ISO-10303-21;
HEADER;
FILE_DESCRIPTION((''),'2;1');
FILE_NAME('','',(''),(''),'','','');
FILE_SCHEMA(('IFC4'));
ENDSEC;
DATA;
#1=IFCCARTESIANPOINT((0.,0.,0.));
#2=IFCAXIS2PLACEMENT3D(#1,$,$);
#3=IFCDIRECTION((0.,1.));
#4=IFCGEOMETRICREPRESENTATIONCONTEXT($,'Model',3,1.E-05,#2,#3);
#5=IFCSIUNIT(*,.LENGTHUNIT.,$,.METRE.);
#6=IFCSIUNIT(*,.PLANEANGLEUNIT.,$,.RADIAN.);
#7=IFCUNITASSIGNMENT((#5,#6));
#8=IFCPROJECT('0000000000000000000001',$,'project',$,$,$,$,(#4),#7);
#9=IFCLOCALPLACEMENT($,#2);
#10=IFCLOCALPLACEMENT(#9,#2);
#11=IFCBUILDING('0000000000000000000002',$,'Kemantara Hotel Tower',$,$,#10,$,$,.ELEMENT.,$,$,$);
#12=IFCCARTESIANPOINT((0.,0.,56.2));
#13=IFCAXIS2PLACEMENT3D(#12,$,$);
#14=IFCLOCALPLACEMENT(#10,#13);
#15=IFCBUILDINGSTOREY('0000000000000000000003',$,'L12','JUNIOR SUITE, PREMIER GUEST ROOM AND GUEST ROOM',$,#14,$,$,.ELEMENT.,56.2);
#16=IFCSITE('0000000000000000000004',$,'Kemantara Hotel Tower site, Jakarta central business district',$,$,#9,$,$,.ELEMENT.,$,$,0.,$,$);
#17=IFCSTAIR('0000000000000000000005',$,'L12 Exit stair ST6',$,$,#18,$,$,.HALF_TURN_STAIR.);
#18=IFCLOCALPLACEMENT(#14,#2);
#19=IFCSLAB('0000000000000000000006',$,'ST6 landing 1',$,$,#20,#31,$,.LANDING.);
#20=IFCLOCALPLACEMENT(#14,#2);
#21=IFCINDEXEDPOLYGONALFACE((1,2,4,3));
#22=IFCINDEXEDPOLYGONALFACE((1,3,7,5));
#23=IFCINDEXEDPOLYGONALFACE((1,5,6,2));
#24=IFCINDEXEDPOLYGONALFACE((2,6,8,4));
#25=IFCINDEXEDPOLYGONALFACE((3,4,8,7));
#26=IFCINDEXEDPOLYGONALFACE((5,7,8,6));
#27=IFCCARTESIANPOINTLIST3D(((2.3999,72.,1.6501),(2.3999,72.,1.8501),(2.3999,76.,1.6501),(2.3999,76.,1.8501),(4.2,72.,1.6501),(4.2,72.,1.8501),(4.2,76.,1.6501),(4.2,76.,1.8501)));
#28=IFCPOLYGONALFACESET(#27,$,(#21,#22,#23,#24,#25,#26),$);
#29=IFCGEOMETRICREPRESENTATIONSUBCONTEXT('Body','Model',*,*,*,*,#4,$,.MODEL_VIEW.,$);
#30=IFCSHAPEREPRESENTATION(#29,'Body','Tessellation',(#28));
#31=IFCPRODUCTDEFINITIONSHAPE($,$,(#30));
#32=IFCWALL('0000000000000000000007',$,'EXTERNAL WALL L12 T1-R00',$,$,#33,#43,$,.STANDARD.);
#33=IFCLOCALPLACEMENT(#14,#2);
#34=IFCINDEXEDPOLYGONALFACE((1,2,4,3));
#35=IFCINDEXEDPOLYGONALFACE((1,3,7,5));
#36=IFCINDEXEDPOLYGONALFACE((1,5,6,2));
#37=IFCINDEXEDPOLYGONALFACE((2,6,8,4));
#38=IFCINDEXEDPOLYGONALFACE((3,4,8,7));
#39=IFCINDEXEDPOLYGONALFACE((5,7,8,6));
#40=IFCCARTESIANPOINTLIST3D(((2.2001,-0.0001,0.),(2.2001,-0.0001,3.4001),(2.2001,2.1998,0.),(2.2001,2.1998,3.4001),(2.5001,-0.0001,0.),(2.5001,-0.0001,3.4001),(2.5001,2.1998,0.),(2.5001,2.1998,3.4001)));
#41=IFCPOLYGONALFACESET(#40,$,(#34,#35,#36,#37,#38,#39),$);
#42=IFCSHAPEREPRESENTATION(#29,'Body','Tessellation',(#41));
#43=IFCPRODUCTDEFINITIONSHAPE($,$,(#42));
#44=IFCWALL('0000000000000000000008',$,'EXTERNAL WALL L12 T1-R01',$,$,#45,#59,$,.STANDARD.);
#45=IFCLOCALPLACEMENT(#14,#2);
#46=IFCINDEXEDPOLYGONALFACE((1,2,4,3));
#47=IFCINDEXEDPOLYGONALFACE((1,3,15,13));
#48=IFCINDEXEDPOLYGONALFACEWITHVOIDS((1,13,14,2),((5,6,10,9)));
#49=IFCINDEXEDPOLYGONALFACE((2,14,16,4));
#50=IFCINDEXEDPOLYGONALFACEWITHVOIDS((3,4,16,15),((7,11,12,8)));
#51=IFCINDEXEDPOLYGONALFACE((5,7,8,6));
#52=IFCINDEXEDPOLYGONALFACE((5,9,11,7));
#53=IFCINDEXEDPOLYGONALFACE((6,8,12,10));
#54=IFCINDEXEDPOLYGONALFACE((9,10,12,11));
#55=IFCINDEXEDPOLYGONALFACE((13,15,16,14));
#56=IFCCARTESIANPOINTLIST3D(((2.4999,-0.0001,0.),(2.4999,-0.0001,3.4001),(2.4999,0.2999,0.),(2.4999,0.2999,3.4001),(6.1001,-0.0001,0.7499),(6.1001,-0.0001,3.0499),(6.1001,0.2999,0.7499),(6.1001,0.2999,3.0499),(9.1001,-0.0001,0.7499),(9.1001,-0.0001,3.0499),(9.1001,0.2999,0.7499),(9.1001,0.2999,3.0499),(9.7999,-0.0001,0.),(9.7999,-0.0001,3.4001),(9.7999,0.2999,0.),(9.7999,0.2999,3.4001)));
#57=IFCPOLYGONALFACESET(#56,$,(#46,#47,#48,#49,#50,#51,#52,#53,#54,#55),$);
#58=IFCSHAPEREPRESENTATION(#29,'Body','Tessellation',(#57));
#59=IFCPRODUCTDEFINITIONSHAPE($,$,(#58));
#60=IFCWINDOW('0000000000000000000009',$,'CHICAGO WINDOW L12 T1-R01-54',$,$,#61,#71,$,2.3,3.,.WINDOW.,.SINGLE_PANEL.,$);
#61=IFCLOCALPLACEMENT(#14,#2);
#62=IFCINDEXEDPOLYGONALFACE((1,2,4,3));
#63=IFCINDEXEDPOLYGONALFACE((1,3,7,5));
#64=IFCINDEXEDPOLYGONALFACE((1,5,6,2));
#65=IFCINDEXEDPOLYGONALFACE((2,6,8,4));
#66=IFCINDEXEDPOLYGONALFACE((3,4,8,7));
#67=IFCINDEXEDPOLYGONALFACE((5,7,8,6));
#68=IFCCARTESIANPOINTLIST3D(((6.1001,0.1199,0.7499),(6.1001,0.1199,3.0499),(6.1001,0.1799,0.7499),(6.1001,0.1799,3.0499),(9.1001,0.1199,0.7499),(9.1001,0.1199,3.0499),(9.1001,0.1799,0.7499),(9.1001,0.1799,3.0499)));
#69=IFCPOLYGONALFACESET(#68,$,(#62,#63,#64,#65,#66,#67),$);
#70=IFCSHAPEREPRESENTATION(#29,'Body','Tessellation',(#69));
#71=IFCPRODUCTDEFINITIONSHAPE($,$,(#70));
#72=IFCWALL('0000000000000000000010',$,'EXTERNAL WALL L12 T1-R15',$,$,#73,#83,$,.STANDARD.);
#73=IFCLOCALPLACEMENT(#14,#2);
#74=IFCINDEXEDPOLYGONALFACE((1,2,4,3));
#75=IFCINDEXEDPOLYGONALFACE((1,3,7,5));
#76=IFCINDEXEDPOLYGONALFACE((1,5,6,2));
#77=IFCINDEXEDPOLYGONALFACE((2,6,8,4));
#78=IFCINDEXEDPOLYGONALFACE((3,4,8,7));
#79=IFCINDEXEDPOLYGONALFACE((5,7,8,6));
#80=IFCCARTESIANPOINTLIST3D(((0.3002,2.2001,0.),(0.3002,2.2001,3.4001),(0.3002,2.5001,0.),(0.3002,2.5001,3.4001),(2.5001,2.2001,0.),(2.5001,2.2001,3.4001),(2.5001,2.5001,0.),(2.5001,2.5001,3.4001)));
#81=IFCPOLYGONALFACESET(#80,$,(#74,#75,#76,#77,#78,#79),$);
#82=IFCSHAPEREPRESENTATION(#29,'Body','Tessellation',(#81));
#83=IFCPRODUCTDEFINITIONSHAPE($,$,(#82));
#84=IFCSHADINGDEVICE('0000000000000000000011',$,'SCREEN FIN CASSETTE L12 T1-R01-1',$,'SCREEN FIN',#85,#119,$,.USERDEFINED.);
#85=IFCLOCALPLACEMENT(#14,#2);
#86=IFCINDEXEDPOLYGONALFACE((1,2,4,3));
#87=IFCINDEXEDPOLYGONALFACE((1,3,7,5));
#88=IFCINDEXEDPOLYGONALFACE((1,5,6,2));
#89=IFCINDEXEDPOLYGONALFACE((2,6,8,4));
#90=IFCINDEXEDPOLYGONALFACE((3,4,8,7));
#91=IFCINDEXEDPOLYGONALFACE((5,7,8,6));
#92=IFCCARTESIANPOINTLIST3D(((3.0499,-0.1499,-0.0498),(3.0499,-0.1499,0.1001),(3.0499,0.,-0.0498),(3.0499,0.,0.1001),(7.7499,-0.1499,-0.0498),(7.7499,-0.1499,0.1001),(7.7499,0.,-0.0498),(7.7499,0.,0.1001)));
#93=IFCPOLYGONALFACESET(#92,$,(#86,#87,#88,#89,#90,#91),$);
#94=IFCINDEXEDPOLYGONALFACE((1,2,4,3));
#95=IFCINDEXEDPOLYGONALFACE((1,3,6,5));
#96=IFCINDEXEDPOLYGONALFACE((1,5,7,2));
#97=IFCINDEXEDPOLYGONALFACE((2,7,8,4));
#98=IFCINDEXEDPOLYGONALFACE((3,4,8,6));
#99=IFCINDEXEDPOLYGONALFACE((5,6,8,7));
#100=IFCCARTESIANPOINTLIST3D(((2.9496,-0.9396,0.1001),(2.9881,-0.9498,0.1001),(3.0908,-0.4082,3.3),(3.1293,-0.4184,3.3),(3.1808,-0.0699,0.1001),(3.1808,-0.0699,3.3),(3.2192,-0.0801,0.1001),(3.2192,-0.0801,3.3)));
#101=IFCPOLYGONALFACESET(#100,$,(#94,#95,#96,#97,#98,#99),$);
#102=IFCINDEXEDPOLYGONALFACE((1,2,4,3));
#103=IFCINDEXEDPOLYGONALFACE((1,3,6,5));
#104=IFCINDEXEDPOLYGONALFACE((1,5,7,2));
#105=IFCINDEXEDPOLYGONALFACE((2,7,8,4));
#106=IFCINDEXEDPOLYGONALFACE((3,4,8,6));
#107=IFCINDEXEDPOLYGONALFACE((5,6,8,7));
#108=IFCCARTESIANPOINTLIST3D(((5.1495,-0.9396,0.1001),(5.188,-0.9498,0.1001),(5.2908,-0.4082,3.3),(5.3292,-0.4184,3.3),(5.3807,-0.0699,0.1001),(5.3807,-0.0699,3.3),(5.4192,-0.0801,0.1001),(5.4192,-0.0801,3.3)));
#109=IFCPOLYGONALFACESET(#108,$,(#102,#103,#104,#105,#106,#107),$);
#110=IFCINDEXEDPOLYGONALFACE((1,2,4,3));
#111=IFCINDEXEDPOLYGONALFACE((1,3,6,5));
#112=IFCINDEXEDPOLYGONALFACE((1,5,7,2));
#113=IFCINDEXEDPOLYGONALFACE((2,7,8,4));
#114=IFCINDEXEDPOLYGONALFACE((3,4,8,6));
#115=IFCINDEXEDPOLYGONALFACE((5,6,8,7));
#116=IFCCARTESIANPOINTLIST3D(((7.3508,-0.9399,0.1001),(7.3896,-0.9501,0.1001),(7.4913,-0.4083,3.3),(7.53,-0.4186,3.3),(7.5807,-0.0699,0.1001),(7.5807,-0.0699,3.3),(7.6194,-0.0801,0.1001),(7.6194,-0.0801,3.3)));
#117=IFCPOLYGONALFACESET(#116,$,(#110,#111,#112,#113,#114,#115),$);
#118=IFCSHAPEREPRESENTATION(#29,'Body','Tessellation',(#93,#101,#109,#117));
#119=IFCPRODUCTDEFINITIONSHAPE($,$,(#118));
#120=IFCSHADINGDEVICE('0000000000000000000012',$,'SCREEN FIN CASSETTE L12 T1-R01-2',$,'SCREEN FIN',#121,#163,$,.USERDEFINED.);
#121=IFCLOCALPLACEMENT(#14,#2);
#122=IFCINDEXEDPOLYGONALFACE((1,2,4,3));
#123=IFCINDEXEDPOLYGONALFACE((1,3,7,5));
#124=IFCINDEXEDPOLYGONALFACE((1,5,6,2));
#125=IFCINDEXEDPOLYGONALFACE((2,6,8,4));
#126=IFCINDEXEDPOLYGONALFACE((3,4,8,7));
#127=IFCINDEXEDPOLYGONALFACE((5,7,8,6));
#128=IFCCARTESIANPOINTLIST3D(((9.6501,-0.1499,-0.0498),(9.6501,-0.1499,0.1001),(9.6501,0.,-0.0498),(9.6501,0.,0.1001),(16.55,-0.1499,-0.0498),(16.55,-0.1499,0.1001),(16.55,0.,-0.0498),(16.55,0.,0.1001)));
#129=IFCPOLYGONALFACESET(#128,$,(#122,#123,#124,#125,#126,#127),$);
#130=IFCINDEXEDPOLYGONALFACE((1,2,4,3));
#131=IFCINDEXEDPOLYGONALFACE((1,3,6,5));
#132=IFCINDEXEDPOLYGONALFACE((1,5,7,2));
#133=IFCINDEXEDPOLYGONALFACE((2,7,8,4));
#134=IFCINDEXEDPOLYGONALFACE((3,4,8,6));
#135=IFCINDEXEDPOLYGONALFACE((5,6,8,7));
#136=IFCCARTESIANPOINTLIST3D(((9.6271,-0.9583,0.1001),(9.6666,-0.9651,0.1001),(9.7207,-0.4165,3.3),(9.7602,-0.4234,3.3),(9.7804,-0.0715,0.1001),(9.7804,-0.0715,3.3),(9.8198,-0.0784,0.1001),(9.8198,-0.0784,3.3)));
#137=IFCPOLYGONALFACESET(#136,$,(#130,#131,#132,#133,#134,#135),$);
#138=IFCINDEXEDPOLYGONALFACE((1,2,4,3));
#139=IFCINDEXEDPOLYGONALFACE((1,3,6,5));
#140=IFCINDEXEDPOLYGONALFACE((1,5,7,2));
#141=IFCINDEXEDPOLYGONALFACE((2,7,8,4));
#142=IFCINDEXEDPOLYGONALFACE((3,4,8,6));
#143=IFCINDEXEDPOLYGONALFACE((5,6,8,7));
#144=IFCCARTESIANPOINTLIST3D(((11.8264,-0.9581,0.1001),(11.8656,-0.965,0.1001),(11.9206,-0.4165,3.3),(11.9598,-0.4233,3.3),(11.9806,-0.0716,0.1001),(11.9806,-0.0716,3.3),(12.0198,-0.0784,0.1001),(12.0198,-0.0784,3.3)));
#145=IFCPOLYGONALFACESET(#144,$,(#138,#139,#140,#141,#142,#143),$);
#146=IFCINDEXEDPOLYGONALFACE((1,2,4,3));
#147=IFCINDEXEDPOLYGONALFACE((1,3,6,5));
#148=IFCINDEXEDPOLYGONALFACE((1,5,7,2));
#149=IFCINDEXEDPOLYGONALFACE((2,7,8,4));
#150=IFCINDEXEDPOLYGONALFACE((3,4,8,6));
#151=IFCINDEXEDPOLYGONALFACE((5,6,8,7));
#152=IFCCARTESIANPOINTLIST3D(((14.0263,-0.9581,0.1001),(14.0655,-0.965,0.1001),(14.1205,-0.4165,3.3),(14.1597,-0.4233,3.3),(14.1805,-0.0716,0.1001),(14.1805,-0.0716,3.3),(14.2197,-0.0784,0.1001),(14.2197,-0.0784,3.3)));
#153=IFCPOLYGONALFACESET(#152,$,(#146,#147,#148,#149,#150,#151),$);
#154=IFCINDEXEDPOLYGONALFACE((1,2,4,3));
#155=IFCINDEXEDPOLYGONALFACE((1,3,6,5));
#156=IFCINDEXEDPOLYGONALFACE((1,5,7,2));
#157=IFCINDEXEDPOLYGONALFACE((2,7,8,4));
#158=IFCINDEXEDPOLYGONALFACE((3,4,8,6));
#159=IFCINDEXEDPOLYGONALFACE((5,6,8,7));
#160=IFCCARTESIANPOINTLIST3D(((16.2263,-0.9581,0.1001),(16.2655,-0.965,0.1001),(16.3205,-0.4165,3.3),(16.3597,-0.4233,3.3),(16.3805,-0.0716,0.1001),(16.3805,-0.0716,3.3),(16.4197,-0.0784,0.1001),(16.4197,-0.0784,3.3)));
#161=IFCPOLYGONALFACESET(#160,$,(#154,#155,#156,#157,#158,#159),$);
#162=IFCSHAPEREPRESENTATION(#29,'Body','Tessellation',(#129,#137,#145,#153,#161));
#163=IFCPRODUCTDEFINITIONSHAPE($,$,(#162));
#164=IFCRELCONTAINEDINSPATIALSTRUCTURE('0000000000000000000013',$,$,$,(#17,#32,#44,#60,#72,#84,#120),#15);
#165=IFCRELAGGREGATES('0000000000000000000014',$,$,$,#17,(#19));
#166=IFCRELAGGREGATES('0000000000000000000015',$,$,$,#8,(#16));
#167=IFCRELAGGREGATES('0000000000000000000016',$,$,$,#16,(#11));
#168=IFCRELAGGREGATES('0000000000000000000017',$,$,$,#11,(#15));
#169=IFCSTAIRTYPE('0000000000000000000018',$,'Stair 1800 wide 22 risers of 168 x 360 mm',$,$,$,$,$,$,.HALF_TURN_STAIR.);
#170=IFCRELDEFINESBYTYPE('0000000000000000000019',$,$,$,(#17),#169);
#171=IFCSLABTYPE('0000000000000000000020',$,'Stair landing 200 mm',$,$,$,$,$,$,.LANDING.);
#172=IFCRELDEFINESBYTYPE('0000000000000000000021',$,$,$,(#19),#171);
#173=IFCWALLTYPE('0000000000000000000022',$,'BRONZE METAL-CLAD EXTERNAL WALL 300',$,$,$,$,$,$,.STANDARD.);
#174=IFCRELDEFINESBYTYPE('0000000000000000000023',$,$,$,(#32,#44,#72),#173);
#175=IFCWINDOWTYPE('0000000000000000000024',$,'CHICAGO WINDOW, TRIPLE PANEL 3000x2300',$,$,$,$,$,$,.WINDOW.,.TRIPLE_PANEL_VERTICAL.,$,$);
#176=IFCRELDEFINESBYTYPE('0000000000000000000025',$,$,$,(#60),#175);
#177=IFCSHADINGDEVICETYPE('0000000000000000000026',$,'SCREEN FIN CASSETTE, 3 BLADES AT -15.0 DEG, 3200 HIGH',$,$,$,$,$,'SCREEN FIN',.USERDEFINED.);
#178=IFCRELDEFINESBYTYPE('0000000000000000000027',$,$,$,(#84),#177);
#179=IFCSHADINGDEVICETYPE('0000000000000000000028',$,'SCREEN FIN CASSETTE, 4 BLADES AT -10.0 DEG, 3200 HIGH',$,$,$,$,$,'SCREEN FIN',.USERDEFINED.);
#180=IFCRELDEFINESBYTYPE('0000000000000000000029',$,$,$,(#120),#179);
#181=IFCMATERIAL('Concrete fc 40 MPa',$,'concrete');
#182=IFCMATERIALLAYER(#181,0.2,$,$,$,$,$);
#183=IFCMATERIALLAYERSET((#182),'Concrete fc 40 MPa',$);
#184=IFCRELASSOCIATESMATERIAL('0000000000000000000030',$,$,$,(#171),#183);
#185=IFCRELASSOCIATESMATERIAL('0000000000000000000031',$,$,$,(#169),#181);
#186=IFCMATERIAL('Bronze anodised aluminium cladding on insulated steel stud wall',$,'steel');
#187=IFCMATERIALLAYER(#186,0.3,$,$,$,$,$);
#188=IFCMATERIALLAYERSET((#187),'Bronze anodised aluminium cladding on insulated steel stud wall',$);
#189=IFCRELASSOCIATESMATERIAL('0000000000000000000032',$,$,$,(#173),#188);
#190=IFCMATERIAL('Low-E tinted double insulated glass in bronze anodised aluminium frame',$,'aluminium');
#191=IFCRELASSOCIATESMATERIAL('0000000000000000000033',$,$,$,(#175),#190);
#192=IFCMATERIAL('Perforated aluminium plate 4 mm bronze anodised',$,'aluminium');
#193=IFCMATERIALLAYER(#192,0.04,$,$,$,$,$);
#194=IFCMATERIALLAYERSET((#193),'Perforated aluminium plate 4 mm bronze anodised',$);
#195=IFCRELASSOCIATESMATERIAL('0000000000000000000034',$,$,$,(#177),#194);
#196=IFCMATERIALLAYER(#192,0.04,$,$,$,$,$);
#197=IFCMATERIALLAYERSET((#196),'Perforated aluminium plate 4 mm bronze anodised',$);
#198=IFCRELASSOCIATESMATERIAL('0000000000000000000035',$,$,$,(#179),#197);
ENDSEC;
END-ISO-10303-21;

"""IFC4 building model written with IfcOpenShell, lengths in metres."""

from ifc_helpers import new_model, si_unit, direction, frame, frame_2d, origin, origin_2d, place, context, subcontext, project, spatial, polyline, rectangle, outline, extrude, source, transform, mapped, material, layer, layer_set, type_object, element, fill, aggregate, save


model = new_model("IFC4")

# Units and contexts
model_context = context("Model", 3, precision=1e-05, world=origin(), true_north=direction((0.0, 1.0)))
body_context = subcontext(model_context, "Body", "Model", "MODEL_VIEW")
ifc_project = project(units=[si_unit("LENGTHUNIT", "METRE"), si_unit("PLANEANGLEUNIT", "RADIAN")], contexts=[model_context])

# Site, building, storey
site_placement = place(None, origin())
site = spatial("IfcSite", under=ifc_project, at=site_placement, Name="Kemantara Hotel Tower site, Jakarta central business district", CompositionType="ELEMENT", RefElevation=0.0)
building_placement = place(site_placement, origin())
building = spatial("IfcBuilding", under=site, at=building_placement, Name="Kemantara Hotel Tower", CompositionType="ELEMENT")
storey_placement = place(building_placement, frame((0.0, 0.0, 56.2)))
storey = spatial("IfcBuildingStorey", under=building, at=storey_placement, Name="L12", Description="JUNIOR SUITE, PREMIER GUEST ROOM AND GUEST ROOM", CompositionType="ELEMENT", Elevation=56.2)

# Shared definitions
ifc_material_1 = material(Name="Concrete fc 40 MPa", Category="concrete")

# Stair, slab
ifc_layer_1 = layer(ifc_material_1, 0.2)
ifc_layer_set_1 = layer_set([ifc_layer_1], Name="Concrete fc 40 MPa")
slab_type_1 = type_object("IfcSlabType", Name="Stair landing 200 mm", PredefinedType="LANDING", material=ifc_layer_set_1)
stair_type_1 = type_object("IfcStairType", Name="Stair 1800 wide 22 risers of 168 x 360 mm", PredefinedType="HALF_TURN_STAIR", material=ifc_material_1)
stair_1_placement = place(storey_placement, origin())
stair_1 = element("IfcStair", 1, at=stair_1_placement, inside=storey, type_object=stair_type_1, Name="L12 Exit stair ST6", PredefinedType="HALF_TURN_STAIR")
slab_1_placement = place(storey_placement, frame((0.0, 0.0, 1.6501)))
slab_1 = element("IfcSlab", 2, at=slab_1_placement, type_object=slab_type_1, Name="ST6 landing 1", PredefinedType="LANDING", context=body_context, shape_type="SweptSolid", body=[
    extrude(outline(polyline([(4.2, 76.0), (2.3999, 76.0), (2.3999, 72.0), (4.2, 72.0), (4.2, 76.0)])), origin(), (0.0, 0.0, 1.0), 0.2),
])
aggregate(stair_1, [slab_1])

# Wall
ifc_material_2 = material(Name="Bronze anodised aluminium cladding on insulated steel stud wall", Category="steel")
ifc_layer_2 = layer(ifc_material_2, 0.3)
ifc_layer_set_2 = layer_set([ifc_layer_2], Name="Bronze anodised aluminium cladding on insulated steel stud wall")
wall_type = type_object("IfcWallType", Name="BRONZE METAL-CLAD EXTERNAL WALL 300", PredefinedType="STANDARD", material=ifc_layer_set_2)
wall_1_placement = place(storey_placement, frame((2.3501, 2.2, 0.0), z_axis=(0.0, 0.0, 1.0), x_axis=(0.0, -1.0, 0.0)))
element("IfcWall", 3, at=wall_1_placement, inside=storey, type_object=wall_type, Name="EXTERNAL WALL L12 T1-R00", PredefinedType="STANDARD", context=body_context, shape_type="SweptSolid", body=[
    extrude(rectangle(XDim=2.2, YDim=0.3, at=frame_2d((1.1001, 0.0))), origin(), (0.0, 0.0, 1.0), 3.4001),
])

# Wall, opening, window
wall_2_placement = place(storey_placement, frame((2.5, 0.1499, 0.0), z_axis=(0.0, 0.0, 1.0), x_axis=(1.0, 0.0, 0.0)))
wall_2 = element("IfcWall", 4, at=wall_2_placement, inside=storey, type_object=wall_type, Name="EXTERNAL WALL L12 T1-R01", PredefinedType="STANDARD", context=body_context, shape_type="SweptSolid", body=[
    extrude(rectangle(XDim=7.3, YDim=0.3, at=frame_2d((3.6499, 0.0))), origin(), (0.0, 0.0, 1.0), 3.4001),
])
opening_placement = place(wall_2_placement, frame((3.6001, 0.0, 0.75)))
opening = element("IfcOpeningElement", 5, at=opening_placement, cuts=wall_2, PredefinedType="OPENING", context=body_context, shape_type="SweptSolid", body=[
    extrude(rectangle(XDim=3.0, YDim=2.3, at=frame_2d((1.5, 1.1499))), frame((0.0, 0.1599, 0.0), z_axis=(0.0, -1.0, 0.0), x_axis=(1.0, 0.0, 0.0)), (0.0, 0.0, 1.0), 0.3201),
])
ifc_material_3 = material(Name="Low-E tinted double insulated glass in bronze anodised aluminium frame", Category="aluminium")
window_type = type_object("IfcWindowType", Name="CHICAGO WINDOW, TRIPLE PANEL 3000x2300", PartitioningType="TRIPLE_PANEL_VERTICAL", PredefinedType="WINDOW", material=ifc_material_3)
window_placement = place(opening_placement, origin())
window = element("IfcWindow", 6, at=window_placement, inside=storey, type_object=window_type, Name="CHICAGO WINDOW L12 T1-R01-54", OverallHeight=2.3, OverallWidth=3.0, PartitioningType="SINGLE_PANEL", PredefinedType="WINDOW", context=body_context, shape_type="SweptSolid", body=[
    extrude(rectangle(XDim=3.0, YDim=2.3, at=frame_2d((1.5, 1.1499))), frame((0.0, 0.03, 0.0), z_axis=(0.0, -1.0, 0.0), x_axis=(1.0, 0.0, 0.0)), (0.0, 0.0, 1.0), 0.0601),
])
fill(opening, window)

# Wall
wall_3_placement = place(storey_placement, frame((0.3, 2.3501, 0.0), z_axis=(0.0, 0.0, 1.0), x_axis=(1.0, 0.0, 0.0)))
element("IfcWall", 7, at=wall_3_placement, inside=storey, type_object=wall_type, Name="EXTERNAL WALL L12 T1-R15", PredefinedType="STANDARD", context=body_context, shape_type="SweptSolid", body=[
    extrude(rectangle(XDim=2.2, YDim=0.3, at=frame_2d((1.1001, 0.0))), origin(), (0.0, 0.0, 1.0), 3.4001),
])

# Shading devices
ifc_material_4 = material(Name="Perforated aluminium plate 4 mm bronze anodised", Category="aluminium")
ifc_layer_3 = layer(ifc_material_4, 0.04)
ifc_layer_set_3 = layer_set([ifc_layer_3], Name="Perforated aluminium plate 4 mm bronze anodised")
shading_device_type_1 = type_object("IfcShadingDeviceType", Name="SCREEN FIN CASSETTE, 3 BLADES AT -15.0 DEG, 3200 HIGH", ElementType="SCREEN FIN", PredefinedType="USERDEFINED", material=ifc_layer_set_3)
shared_shape_1 = source(origin(), body_context, "Body", "SweptSolid", [
    extrude(rectangle(XDim=4.7, YDim=0.1499, at=origin_2d()), frame((2.2, -0.075, -0.1499), z_axis=(0.0, 0.0, 1.0), x_axis=(1.0, 0.0, 0.0)), (0.0, 0.0, 1.0), 0.1499),
    extrude(outline(polyline([(0.0, 0.0), (0.8999, 0.0), (0.3501, 3.2), (0.0, 3.2), (0.0, 0.0)])), frame((0.0193, -0.0801, 0.0), z_axis=(-0.966438, 0.256901, 0.0), x_axis=(-0.256901, -0.966438, 0.0)), (0.0, 0.0, 1.0), 0.0398),
    extrude(outline(polyline([(0.0, 0.0), (0.8999, 0.0), (0.3501, 3.2), (0.0, 3.2), (0.0, 0.0)])), frame((2.2192, -0.0801, 0.0), z_axis=(-0.966438, 0.256901, 0.0), x_axis=(-0.256901, -0.966438, 0.0)), (0.0, 0.0, 1.0), 0.0398),
    extrude(outline(polyline([(0.0, 0.0), (0.8999, 0.0), (0.3501, 3.2), (0.0, 3.2), (0.0, 0.0)])), frame((4.4194, -0.0801, 0.0), z_axis=(-0.966838, 0.255391, 0.0), x_axis=(-0.255391, -0.966838, 0.0)), (0.0, 0.0, 1.0), 0.04),
])
shading_device_1_placement = place(storey_placement, frame((3.2, 0.0, 0.1001), z_axis=(0.0, 0.0, 1.0), x_axis=(1.0, 0.0, 0.0)))
element("IfcShadingDevice", 8, at=shading_device_1_placement, inside=storey, type_object=shading_device_type_1, Name="SCREEN FIN CASSETTE L12 T1-R01-1", ObjectType="SCREEN FIN", PredefinedType="USERDEFINED", context=body_context, shape_type="MappedRepresentation", body=[
    mapped(shared_shape_1, transform((0.0, 0.0, 0.0))),
])
ifc_layer_4 = layer(ifc_material_4, 0.04)
ifc_layer_set_4 = layer_set([ifc_layer_4], Name="Perforated aluminium plate 4 mm bronze anodised")
shading_device_type_2 = type_object("IfcShadingDeviceType", Name="SCREEN FIN CASSETTE, 4 BLADES AT -10.0 DEG, 3200 HIGH", ElementType="SCREEN FIN", PredefinedType="USERDEFINED", material=ifc_layer_set_4)
shared_shape_2 = source(origin(), body_context, "Body", "SweptSolid", [
    extrude(rectangle(XDim=6.8999, YDim=0.1499, at=origin_2d()), frame((3.3, -0.075, -0.1499), z_axis=(0.0, 0.0, 1.0), x_axis=(1.0, 0.0, 0.0)), (0.0, 0.0, 1.0), 0.1499),
    extrude(outline(polyline([(0.0, 0.0), (0.8999, 0.0), (0.3501, 3.2), (0.0, 3.2), (0.0, 0.0)])), frame((0.0198, -0.0784, 0.0), z_axis=(-0.98539, 0.170314, 0.0), x_axis=(-0.170314, -0.98539, 0.0)), (0.0, 0.0, 1.0), 0.04),
    extrude(outline(polyline([(0.0, 0.0), (0.8999, 0.0), (0.3501, 3.2), (0.0, 3.2), (0.0, 0.0)])), frame((2.2197, -0.0784, 0.0), z_axis=(-0.985212, 0.171341, 0.0), x_axis=(-0.171341, -0.985212, 0.0)), (0.0, 0.0, 1.0), 0.0398),
    extrude(outline(polyline([(0.0, 0.0), (0.8999, 0.0), (0.3501, 3.2), (0.0, 3.2), (0.0, 0.0)])), frame((4.4197, -0.0784, 0.0), z_axis=(-0.985212, 0.171341, 0.0), x_axis=(-0.171341, -0.985212, 0.0)), (0.0, 0.0, 1.0), 0.0398),
    extrude(outline(polyline([(0.0, 0.0), (0.8999, 0.0), (0.3501, 3.2), (0.0, 3.2), (0.0, 0.0)])), frame((6.6196, -0.0784, 0.0), z_axis=(-0.985212, 0.171341, 0.0), x_axis=(-0.171341, -0.985212, 0.0)), (0.0, 0.0, 1.0), 0.0398),
])
shading_device_2_placement = place(storey_placement, frame((9.8, 0.0, 0.1001), z_axis=(0.0, 0.0, 1.0), x_axis=(1.0, 0.0, 0.0)))
element("IfcShadingDevice", 9, at=shading_device_2_placement, inside=storey, type_object=shading_device_type_2, Name="SCREEN FIN CASSETTE L12 T1-R01-2", ObjectType="SCREEN FIN", PredefinedType="USERDEFINED", context=body_context, shape_type="MappedRepresentation", body=[
    mapped(shared_shape_2, transform((0.0, 0.0, 0.0))),
])

save(model, "model.ifc")
